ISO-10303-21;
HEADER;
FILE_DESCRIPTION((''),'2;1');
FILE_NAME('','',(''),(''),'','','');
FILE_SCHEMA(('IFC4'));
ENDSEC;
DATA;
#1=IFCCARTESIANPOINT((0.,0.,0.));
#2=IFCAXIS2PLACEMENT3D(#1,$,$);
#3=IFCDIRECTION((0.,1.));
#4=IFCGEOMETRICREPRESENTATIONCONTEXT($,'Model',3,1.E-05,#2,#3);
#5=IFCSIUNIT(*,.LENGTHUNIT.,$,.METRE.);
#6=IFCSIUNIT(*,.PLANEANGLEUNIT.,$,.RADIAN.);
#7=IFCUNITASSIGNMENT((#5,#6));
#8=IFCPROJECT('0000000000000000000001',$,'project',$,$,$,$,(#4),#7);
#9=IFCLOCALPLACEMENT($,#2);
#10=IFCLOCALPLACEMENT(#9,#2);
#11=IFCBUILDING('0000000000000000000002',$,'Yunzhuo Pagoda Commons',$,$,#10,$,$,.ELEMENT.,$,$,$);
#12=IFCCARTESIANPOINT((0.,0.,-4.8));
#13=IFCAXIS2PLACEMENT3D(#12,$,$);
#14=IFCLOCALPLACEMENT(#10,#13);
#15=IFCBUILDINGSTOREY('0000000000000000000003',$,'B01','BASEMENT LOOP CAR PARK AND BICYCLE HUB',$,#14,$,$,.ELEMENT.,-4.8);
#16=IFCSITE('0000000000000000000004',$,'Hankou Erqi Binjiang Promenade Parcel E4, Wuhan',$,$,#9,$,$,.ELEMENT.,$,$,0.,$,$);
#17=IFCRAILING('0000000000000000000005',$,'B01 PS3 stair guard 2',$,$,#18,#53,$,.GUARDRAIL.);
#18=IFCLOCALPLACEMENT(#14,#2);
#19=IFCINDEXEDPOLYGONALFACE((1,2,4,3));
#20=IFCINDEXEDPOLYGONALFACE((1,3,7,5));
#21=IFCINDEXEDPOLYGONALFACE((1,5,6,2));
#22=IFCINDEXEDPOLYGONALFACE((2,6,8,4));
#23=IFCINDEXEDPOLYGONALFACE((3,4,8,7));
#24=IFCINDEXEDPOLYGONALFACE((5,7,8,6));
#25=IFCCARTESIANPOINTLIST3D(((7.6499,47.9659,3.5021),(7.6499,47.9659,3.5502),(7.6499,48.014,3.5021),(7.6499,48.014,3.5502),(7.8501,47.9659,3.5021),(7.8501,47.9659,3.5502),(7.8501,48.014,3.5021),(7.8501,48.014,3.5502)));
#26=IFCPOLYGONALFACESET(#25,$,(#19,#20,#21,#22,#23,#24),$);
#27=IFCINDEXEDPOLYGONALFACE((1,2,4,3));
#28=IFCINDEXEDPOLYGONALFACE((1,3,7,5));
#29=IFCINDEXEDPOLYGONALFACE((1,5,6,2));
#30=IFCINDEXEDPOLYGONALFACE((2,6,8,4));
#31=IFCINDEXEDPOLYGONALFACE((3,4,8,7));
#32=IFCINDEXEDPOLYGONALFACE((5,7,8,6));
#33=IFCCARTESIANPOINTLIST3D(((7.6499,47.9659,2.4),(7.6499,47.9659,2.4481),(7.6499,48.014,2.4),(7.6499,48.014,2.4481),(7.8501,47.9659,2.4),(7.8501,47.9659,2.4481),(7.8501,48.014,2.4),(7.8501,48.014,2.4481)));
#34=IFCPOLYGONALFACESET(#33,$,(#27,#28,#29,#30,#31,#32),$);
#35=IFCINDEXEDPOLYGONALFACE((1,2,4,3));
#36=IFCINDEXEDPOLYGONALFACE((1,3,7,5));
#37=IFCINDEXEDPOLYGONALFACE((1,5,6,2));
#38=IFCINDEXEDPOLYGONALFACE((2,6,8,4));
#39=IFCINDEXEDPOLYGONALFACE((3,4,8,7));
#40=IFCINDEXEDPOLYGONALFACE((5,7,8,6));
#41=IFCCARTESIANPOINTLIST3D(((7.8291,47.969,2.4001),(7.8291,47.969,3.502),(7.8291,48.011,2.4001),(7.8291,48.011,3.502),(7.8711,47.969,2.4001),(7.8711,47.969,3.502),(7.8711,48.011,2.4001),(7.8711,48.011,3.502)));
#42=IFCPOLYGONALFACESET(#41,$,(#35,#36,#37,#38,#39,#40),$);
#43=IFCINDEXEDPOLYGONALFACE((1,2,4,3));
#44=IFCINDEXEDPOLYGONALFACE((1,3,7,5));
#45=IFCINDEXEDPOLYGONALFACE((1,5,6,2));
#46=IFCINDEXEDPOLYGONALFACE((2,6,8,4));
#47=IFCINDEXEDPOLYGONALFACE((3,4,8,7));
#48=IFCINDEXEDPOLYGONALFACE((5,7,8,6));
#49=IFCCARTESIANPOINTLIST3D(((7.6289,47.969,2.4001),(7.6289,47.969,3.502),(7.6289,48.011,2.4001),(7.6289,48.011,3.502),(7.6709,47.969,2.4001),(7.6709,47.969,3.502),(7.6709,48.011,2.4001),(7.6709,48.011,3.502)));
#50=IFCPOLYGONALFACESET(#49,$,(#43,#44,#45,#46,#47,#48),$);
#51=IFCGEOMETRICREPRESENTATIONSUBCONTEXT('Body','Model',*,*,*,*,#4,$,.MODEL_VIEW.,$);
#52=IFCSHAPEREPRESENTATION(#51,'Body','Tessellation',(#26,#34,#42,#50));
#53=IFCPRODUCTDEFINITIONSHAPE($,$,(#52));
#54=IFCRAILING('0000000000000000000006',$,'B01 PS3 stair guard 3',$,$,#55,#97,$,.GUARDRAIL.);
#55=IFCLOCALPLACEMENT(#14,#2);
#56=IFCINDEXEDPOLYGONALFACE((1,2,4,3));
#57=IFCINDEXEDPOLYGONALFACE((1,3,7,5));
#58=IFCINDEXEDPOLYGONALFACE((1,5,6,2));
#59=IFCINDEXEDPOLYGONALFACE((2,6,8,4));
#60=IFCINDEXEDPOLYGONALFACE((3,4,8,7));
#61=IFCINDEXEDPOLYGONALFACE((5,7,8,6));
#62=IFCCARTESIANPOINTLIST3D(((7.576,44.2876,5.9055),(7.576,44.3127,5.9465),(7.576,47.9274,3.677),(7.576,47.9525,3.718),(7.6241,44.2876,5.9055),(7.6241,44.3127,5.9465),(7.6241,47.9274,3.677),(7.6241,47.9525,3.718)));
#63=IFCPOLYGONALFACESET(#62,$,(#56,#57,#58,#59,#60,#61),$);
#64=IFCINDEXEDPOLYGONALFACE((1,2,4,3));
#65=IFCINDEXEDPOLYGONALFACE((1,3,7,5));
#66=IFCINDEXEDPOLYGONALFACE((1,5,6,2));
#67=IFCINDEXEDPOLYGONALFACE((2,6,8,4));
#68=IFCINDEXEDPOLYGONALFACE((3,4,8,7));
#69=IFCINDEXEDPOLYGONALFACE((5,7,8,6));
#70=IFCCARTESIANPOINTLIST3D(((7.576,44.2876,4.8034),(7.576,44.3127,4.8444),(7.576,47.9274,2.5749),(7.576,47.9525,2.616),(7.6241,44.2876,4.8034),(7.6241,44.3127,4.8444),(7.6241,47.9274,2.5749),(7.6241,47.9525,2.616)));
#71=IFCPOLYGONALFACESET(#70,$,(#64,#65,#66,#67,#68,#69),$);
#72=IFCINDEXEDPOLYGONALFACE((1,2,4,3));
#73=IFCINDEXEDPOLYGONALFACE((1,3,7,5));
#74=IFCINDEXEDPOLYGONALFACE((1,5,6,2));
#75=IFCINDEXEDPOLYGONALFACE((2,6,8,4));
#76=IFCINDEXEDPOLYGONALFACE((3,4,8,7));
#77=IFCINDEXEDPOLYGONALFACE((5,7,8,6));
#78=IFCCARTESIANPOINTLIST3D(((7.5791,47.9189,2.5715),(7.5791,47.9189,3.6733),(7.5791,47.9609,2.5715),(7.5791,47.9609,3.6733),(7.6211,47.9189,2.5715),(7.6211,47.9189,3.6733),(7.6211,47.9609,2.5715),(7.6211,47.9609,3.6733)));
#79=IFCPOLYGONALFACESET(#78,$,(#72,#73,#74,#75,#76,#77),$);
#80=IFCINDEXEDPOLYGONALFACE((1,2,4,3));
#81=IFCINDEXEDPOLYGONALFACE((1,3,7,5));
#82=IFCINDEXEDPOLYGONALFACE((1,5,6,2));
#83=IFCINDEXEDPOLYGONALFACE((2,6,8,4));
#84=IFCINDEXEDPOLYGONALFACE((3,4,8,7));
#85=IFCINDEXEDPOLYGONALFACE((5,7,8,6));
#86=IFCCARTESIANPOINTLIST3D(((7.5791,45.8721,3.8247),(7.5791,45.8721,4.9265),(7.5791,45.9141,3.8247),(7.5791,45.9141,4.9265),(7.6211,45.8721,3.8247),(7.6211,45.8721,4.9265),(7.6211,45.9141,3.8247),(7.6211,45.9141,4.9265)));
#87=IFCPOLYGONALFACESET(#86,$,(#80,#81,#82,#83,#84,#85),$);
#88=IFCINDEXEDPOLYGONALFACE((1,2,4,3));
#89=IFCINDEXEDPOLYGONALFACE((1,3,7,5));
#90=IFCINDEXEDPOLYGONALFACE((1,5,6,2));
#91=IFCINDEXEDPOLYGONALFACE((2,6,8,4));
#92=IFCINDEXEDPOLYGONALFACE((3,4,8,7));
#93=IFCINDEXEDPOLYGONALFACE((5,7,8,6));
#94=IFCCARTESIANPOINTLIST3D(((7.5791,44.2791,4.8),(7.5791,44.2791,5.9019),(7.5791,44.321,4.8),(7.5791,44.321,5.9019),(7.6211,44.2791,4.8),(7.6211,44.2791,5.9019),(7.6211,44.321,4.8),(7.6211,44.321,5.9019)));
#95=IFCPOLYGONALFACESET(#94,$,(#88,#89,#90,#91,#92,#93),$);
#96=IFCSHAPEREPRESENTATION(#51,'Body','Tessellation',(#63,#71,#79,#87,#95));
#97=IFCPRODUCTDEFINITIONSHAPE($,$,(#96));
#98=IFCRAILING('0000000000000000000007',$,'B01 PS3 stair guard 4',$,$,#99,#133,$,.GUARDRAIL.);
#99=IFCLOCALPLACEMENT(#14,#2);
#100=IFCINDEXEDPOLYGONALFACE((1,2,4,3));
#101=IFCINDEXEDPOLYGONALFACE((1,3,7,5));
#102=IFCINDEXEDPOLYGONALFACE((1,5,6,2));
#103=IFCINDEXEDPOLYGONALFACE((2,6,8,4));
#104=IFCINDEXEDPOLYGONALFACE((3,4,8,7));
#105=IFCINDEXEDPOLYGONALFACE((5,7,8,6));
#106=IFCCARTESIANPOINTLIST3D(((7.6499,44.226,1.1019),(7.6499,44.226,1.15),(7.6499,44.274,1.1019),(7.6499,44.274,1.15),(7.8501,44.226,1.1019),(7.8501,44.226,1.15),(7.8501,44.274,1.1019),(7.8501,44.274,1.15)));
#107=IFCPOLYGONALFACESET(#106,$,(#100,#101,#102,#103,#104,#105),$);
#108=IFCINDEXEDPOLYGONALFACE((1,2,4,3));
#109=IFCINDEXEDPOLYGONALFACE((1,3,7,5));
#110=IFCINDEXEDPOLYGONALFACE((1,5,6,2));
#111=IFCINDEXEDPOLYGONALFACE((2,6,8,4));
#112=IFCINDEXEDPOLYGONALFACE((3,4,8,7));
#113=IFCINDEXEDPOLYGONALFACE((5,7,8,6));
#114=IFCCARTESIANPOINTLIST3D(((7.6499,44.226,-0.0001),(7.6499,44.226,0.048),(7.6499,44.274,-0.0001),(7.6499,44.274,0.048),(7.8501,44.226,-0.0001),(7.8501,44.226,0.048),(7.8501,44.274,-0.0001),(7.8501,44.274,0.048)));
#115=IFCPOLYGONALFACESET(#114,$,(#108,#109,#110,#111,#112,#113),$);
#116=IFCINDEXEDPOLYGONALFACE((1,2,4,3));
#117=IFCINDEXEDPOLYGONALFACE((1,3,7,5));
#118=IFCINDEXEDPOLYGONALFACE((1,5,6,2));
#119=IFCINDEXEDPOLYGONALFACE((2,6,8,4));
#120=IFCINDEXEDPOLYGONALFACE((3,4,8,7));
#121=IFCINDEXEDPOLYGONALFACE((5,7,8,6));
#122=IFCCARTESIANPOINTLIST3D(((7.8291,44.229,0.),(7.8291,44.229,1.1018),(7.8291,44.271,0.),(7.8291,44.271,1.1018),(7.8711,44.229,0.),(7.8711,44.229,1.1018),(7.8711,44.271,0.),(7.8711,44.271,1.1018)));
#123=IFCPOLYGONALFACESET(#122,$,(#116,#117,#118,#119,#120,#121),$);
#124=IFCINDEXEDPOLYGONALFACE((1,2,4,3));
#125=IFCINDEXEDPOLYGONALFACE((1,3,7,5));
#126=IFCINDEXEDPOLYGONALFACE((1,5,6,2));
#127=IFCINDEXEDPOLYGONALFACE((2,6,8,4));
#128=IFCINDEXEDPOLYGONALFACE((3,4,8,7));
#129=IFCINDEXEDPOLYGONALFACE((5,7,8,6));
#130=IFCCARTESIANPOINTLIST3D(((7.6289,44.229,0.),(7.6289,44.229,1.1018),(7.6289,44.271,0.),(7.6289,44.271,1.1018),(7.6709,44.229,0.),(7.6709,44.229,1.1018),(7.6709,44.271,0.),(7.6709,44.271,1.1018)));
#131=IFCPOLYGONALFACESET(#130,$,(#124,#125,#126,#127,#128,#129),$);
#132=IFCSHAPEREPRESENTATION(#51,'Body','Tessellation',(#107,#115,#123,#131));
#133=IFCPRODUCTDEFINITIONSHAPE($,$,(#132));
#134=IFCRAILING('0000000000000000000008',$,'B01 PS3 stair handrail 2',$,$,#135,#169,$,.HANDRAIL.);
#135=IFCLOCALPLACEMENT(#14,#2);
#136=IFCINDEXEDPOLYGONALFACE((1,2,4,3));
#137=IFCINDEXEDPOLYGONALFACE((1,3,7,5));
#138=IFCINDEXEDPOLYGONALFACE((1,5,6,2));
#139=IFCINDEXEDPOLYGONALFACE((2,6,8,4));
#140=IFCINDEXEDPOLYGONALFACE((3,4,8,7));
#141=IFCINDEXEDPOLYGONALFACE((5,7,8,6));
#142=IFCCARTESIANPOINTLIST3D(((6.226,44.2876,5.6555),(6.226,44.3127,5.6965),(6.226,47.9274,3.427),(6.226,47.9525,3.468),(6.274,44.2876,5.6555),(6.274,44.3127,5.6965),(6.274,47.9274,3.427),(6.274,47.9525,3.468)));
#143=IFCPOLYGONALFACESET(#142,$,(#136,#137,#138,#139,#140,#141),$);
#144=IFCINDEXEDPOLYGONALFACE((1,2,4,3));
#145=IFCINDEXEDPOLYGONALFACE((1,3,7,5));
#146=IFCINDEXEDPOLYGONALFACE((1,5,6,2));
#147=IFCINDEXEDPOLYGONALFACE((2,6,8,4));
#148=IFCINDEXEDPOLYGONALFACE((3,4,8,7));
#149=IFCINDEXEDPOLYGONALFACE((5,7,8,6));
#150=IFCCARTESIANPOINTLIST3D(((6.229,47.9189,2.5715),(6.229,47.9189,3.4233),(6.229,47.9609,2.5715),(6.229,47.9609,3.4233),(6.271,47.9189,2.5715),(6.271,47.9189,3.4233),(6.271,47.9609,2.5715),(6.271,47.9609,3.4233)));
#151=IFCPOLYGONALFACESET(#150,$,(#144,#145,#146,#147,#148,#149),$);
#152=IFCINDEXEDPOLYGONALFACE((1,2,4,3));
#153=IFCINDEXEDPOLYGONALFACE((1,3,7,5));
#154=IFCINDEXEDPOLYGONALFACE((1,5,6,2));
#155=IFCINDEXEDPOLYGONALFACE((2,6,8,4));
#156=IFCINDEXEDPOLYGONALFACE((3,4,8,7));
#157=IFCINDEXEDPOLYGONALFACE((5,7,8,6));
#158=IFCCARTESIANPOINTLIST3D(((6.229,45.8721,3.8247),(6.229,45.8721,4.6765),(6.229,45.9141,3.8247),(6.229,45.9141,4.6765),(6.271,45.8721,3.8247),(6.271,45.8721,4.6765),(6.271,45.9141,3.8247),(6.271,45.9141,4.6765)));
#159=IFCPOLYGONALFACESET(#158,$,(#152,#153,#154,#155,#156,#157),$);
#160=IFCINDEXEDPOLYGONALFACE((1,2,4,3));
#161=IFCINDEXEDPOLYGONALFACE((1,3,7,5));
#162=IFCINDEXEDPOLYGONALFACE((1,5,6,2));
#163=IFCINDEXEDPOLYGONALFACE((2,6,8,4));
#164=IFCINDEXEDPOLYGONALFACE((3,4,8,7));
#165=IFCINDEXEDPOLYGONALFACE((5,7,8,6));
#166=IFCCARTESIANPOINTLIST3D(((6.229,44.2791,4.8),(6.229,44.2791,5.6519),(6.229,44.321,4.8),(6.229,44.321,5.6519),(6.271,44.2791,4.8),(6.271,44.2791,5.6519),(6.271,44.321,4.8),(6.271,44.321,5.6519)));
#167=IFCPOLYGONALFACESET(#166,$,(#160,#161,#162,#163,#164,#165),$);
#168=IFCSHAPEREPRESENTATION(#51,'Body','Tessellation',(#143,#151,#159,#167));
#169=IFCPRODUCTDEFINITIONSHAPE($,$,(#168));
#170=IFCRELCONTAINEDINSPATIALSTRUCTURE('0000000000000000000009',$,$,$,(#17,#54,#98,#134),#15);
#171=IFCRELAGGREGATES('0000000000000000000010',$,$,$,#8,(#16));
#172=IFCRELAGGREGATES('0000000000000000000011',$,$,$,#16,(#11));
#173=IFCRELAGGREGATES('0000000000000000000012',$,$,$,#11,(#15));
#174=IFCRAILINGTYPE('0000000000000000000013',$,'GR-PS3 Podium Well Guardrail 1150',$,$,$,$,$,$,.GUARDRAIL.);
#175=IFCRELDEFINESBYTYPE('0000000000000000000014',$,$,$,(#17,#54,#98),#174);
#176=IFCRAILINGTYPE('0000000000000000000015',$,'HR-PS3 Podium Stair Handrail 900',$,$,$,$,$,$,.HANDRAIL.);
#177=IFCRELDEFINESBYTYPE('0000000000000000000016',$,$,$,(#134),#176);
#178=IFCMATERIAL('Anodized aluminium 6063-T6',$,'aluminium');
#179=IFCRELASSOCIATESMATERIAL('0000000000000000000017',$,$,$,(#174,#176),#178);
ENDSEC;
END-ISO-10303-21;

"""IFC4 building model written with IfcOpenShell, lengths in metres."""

from ifc_helpers import new_model, si_unit, direction, frame, origin, origin_2d, place, context, subcontext, project, spatial, rectangle, extrude, material, type_object, element, save


model = new_model("IFC4")

# Units and contexts
model_context = context("Model", 3, precision=1e-05, world=origin(), true_north=direction((0.0, 1.0)))
body_context = subcontext(model_context, "Body", "Model", "MODEL_VIEW")
ifc_project = project(units=[si_unit("LENGTHUNIT", "METRE"), si_unit("PLANEANGLEUNIT", "RADIAN")], contexts=[model_context])

# Site, building, storey
site_placement = place(None, origin())
site = spatial("IfcSite", under=ifc_project, at=site_placement, Name="Hankou Erqi Binjiang Promenade Parcel E4, Wuhan", CompositionType="ELEMENT", RefElevation=0.0)
building_placement = place(site_placement, origin())
building = spatial("IfcBuilding", under=site, at=building_placement, Name="Yunzhuo Pagoda Commons", CompositionType="ELEMENT")
storey_placement = place(building_placement, frame((0.0, 0.0, -4.8)))
storey = spatial("IfcBuildingStorey", under=building, at=storey_placement, Name="B01", Description="BASEMENT LOOP CAR PARK AND BICYCLE HUB", CompositionType="ELEMENT", Elevation=-4.8)

# Railings
ifc_material_1 = material(Name="Anodized aluminium 6063-T6", Category="aluminium")
railing_type_1 = type_object("IfcRailingType", Name="GR-PS3 Podium Well Guardrail 1150", PredefinedType="GUARDRAIL", material=ifc_material_1)
railing_1_placement = place(storey_placement, frame((7.8501, 47.99, 2.4001)))
element("IfcRailing", 1, at=railing_1_placement, inside=storey, type_object=railing_type_1, Name="B01 PS3 stair guard 2", PredefinedType="GUARDRAIL", context=body_context, shape_type="SweptSolid", body=[
    extrude(rectangle(XDim=0.0481, YDim=0.0481, at=origin_2d()), frame((0.0, 0.0, 1.126), z_axis=(-1.0, 0.0, 0.0), x_axis=(0.0, -1.0, 0.0)), (0.0, 0.0, 1.0), 0.2002),
    extrude(rectangle(XDim=0.0481, YDim=0.0481, at=origin_2d()), frame((0.0, 0.0, 0.0239), z_axis=(-1.0, 0.0, 0.0), x_axis=(0.0, -1.0, 0.0)), (0.0, 0.0, 1.0), 0.2002),
    extrude(rectangle(XDim=0.042, YDim=0.042, at=origin_2d()), origin(), (0.0, 0.0, 1.0), 1.1018),
    extrude(rectangle(XDim=0.042, YDim=0.042, at=origin_2d()), frame((-0.2002, 0.0, 0.0)), (0.0, 0.0, 1.0), 1.1018),
])
railing_2_placement = place(storey_placement, frame((7.6001, 47.9399, 2.5715)))
element("IfcRailing", 2, at=railing_2_placement, inside=storey, type_object=railing_type_1, Name="B01 PS3 stair guard 3", PredefinedType="GUARDRAIL", context=body_context, shape_type="SweptSolid", body=[
    extrude(rectangle(XDim=0.0481, YDim=0.0481, at=origin_2d()), frame((0.0, 0.0, 1.126), z_axis=(0.0, -0.85285, 0.522156), x_axis=(1.0, 0.0, 0.0)), (0.0, 0.0, 1.0), 4.2678),
    extrude(rectangle(XDim=0.0481, YDim=0.0481, at=origin_2d()), frame((0.0, 0.0, 0.0239), z_axis=(0.0, -0.85285, 0.522156), x_axis=(1.0, 0.0, 0.0)), (0.0, 0.0, 1.0), 4.2678),
    extrude(rectangle(XDim=0.042, YDim=0.042, at=origin_2d()), origin(), (0.0, 0.0, 1.0), 1.1018),
    extrude(rectangle(XDim=0.042, YDim=0.042, at=origin_2d()), frame((0.0, -2.0469, 1.2532)), (0.0, 0.0, 1.0), 1.1018),
    extrude(rectangle(XDim=0.042, YDim=0.042, at=origin_2d()), frame((0.0, -3.6399, 2.2285)), (0.0, 0.0, 1.0), 1.1018),
])
railing_3_placement = place(storey_placement, frame((7.8501, 44.25, 0.0)))
element("IfcRailing", 3, at=railing_3_placement, inside=storey, type_object=railing_type_1, Name="B01 PS3 stair guard 4", PredefinedType="GUARDRAIL", context=body_context, shape_type="SweptSolid", body=[
    extrude(rectangle(XDim=0.0481, YDim=0.0481, at=origin_2d()), frame((0.0, 0.0, 1.126), z_axis=(-1.0, 0.0, 0.0), x_axis=(0.0, -1.0, 0.0)), (0.0, 0.0, 1.0), 0.2002),
    extrude(rectangle(XDim=0.0481, YDim=0.0481, at=origin_2d()), frame((0.0, 0.0, 0.0239), z_axis=(-1.0, 0.0, 0.0), x_axis=(0.0, -1.0, 0.0)), (0.0, 0.0, 1.0), 0.2002),
    extrude(rectangle(XDim=0.042, YDim=0.042, at=origin_2d()), origin(), (0.0, 0.0, 1.0), 1.1018),
    extrude(rectangle(XDim=0.042, YDim=0.042, at=origin_2d()), frame((-0.2002, 0.0, 0.0)), (0.0, 0.0, 1.0), 1.1018),
])
railing_type_2 = type_object("IfcRailingType", Name="HR-PS3 Podium Stair Handrail 900", PredefinedType="HANDRAIL", material=ifc_material_1)
railing_4_placement = place(storey_placement, frame((6.25, 47.9399, 2.5715)))
element("IfcRailing", 4, at=railing_4_placement, inside=storey, type_object=railing_type_2, Name="B01 PS3 stair handrail 2", PredefinedType="HANDRAIL", context=body_context, shape_type="SweptSolid", body=[
    extrude(rectangle(XDim=0.0481, YDim=0.0481, at=origin_2d()), frame((0.0, 0.0, 0.876), z_axis=(0.0, -0.85285, 0.522156), x_axis=(1.0, 0.0, 0.0)), (0.0, 0.0, 1.0), 4.2678),
    extrude(rectangle(XDim=0.042, YDim=0.042, at=origin_2d()), origin(), (0.0, 0.0, 1.0), 0.8518),
    extrude(rectangle(XDim=0.042, YDim=0.042, at=origin_2d()), frame((0.0, -2.0469, 1.2532)), (0.0, 0.0, 1.0), 0.8518),
    extrude(rectangle(XDim=0.042, YDim=0.042, at=origin_2d()), frame((0.0, -3.6399, 2.2285)), (0.0, 0.0, 1.0), 0.8518),
])

save(model, "model.ifc")
